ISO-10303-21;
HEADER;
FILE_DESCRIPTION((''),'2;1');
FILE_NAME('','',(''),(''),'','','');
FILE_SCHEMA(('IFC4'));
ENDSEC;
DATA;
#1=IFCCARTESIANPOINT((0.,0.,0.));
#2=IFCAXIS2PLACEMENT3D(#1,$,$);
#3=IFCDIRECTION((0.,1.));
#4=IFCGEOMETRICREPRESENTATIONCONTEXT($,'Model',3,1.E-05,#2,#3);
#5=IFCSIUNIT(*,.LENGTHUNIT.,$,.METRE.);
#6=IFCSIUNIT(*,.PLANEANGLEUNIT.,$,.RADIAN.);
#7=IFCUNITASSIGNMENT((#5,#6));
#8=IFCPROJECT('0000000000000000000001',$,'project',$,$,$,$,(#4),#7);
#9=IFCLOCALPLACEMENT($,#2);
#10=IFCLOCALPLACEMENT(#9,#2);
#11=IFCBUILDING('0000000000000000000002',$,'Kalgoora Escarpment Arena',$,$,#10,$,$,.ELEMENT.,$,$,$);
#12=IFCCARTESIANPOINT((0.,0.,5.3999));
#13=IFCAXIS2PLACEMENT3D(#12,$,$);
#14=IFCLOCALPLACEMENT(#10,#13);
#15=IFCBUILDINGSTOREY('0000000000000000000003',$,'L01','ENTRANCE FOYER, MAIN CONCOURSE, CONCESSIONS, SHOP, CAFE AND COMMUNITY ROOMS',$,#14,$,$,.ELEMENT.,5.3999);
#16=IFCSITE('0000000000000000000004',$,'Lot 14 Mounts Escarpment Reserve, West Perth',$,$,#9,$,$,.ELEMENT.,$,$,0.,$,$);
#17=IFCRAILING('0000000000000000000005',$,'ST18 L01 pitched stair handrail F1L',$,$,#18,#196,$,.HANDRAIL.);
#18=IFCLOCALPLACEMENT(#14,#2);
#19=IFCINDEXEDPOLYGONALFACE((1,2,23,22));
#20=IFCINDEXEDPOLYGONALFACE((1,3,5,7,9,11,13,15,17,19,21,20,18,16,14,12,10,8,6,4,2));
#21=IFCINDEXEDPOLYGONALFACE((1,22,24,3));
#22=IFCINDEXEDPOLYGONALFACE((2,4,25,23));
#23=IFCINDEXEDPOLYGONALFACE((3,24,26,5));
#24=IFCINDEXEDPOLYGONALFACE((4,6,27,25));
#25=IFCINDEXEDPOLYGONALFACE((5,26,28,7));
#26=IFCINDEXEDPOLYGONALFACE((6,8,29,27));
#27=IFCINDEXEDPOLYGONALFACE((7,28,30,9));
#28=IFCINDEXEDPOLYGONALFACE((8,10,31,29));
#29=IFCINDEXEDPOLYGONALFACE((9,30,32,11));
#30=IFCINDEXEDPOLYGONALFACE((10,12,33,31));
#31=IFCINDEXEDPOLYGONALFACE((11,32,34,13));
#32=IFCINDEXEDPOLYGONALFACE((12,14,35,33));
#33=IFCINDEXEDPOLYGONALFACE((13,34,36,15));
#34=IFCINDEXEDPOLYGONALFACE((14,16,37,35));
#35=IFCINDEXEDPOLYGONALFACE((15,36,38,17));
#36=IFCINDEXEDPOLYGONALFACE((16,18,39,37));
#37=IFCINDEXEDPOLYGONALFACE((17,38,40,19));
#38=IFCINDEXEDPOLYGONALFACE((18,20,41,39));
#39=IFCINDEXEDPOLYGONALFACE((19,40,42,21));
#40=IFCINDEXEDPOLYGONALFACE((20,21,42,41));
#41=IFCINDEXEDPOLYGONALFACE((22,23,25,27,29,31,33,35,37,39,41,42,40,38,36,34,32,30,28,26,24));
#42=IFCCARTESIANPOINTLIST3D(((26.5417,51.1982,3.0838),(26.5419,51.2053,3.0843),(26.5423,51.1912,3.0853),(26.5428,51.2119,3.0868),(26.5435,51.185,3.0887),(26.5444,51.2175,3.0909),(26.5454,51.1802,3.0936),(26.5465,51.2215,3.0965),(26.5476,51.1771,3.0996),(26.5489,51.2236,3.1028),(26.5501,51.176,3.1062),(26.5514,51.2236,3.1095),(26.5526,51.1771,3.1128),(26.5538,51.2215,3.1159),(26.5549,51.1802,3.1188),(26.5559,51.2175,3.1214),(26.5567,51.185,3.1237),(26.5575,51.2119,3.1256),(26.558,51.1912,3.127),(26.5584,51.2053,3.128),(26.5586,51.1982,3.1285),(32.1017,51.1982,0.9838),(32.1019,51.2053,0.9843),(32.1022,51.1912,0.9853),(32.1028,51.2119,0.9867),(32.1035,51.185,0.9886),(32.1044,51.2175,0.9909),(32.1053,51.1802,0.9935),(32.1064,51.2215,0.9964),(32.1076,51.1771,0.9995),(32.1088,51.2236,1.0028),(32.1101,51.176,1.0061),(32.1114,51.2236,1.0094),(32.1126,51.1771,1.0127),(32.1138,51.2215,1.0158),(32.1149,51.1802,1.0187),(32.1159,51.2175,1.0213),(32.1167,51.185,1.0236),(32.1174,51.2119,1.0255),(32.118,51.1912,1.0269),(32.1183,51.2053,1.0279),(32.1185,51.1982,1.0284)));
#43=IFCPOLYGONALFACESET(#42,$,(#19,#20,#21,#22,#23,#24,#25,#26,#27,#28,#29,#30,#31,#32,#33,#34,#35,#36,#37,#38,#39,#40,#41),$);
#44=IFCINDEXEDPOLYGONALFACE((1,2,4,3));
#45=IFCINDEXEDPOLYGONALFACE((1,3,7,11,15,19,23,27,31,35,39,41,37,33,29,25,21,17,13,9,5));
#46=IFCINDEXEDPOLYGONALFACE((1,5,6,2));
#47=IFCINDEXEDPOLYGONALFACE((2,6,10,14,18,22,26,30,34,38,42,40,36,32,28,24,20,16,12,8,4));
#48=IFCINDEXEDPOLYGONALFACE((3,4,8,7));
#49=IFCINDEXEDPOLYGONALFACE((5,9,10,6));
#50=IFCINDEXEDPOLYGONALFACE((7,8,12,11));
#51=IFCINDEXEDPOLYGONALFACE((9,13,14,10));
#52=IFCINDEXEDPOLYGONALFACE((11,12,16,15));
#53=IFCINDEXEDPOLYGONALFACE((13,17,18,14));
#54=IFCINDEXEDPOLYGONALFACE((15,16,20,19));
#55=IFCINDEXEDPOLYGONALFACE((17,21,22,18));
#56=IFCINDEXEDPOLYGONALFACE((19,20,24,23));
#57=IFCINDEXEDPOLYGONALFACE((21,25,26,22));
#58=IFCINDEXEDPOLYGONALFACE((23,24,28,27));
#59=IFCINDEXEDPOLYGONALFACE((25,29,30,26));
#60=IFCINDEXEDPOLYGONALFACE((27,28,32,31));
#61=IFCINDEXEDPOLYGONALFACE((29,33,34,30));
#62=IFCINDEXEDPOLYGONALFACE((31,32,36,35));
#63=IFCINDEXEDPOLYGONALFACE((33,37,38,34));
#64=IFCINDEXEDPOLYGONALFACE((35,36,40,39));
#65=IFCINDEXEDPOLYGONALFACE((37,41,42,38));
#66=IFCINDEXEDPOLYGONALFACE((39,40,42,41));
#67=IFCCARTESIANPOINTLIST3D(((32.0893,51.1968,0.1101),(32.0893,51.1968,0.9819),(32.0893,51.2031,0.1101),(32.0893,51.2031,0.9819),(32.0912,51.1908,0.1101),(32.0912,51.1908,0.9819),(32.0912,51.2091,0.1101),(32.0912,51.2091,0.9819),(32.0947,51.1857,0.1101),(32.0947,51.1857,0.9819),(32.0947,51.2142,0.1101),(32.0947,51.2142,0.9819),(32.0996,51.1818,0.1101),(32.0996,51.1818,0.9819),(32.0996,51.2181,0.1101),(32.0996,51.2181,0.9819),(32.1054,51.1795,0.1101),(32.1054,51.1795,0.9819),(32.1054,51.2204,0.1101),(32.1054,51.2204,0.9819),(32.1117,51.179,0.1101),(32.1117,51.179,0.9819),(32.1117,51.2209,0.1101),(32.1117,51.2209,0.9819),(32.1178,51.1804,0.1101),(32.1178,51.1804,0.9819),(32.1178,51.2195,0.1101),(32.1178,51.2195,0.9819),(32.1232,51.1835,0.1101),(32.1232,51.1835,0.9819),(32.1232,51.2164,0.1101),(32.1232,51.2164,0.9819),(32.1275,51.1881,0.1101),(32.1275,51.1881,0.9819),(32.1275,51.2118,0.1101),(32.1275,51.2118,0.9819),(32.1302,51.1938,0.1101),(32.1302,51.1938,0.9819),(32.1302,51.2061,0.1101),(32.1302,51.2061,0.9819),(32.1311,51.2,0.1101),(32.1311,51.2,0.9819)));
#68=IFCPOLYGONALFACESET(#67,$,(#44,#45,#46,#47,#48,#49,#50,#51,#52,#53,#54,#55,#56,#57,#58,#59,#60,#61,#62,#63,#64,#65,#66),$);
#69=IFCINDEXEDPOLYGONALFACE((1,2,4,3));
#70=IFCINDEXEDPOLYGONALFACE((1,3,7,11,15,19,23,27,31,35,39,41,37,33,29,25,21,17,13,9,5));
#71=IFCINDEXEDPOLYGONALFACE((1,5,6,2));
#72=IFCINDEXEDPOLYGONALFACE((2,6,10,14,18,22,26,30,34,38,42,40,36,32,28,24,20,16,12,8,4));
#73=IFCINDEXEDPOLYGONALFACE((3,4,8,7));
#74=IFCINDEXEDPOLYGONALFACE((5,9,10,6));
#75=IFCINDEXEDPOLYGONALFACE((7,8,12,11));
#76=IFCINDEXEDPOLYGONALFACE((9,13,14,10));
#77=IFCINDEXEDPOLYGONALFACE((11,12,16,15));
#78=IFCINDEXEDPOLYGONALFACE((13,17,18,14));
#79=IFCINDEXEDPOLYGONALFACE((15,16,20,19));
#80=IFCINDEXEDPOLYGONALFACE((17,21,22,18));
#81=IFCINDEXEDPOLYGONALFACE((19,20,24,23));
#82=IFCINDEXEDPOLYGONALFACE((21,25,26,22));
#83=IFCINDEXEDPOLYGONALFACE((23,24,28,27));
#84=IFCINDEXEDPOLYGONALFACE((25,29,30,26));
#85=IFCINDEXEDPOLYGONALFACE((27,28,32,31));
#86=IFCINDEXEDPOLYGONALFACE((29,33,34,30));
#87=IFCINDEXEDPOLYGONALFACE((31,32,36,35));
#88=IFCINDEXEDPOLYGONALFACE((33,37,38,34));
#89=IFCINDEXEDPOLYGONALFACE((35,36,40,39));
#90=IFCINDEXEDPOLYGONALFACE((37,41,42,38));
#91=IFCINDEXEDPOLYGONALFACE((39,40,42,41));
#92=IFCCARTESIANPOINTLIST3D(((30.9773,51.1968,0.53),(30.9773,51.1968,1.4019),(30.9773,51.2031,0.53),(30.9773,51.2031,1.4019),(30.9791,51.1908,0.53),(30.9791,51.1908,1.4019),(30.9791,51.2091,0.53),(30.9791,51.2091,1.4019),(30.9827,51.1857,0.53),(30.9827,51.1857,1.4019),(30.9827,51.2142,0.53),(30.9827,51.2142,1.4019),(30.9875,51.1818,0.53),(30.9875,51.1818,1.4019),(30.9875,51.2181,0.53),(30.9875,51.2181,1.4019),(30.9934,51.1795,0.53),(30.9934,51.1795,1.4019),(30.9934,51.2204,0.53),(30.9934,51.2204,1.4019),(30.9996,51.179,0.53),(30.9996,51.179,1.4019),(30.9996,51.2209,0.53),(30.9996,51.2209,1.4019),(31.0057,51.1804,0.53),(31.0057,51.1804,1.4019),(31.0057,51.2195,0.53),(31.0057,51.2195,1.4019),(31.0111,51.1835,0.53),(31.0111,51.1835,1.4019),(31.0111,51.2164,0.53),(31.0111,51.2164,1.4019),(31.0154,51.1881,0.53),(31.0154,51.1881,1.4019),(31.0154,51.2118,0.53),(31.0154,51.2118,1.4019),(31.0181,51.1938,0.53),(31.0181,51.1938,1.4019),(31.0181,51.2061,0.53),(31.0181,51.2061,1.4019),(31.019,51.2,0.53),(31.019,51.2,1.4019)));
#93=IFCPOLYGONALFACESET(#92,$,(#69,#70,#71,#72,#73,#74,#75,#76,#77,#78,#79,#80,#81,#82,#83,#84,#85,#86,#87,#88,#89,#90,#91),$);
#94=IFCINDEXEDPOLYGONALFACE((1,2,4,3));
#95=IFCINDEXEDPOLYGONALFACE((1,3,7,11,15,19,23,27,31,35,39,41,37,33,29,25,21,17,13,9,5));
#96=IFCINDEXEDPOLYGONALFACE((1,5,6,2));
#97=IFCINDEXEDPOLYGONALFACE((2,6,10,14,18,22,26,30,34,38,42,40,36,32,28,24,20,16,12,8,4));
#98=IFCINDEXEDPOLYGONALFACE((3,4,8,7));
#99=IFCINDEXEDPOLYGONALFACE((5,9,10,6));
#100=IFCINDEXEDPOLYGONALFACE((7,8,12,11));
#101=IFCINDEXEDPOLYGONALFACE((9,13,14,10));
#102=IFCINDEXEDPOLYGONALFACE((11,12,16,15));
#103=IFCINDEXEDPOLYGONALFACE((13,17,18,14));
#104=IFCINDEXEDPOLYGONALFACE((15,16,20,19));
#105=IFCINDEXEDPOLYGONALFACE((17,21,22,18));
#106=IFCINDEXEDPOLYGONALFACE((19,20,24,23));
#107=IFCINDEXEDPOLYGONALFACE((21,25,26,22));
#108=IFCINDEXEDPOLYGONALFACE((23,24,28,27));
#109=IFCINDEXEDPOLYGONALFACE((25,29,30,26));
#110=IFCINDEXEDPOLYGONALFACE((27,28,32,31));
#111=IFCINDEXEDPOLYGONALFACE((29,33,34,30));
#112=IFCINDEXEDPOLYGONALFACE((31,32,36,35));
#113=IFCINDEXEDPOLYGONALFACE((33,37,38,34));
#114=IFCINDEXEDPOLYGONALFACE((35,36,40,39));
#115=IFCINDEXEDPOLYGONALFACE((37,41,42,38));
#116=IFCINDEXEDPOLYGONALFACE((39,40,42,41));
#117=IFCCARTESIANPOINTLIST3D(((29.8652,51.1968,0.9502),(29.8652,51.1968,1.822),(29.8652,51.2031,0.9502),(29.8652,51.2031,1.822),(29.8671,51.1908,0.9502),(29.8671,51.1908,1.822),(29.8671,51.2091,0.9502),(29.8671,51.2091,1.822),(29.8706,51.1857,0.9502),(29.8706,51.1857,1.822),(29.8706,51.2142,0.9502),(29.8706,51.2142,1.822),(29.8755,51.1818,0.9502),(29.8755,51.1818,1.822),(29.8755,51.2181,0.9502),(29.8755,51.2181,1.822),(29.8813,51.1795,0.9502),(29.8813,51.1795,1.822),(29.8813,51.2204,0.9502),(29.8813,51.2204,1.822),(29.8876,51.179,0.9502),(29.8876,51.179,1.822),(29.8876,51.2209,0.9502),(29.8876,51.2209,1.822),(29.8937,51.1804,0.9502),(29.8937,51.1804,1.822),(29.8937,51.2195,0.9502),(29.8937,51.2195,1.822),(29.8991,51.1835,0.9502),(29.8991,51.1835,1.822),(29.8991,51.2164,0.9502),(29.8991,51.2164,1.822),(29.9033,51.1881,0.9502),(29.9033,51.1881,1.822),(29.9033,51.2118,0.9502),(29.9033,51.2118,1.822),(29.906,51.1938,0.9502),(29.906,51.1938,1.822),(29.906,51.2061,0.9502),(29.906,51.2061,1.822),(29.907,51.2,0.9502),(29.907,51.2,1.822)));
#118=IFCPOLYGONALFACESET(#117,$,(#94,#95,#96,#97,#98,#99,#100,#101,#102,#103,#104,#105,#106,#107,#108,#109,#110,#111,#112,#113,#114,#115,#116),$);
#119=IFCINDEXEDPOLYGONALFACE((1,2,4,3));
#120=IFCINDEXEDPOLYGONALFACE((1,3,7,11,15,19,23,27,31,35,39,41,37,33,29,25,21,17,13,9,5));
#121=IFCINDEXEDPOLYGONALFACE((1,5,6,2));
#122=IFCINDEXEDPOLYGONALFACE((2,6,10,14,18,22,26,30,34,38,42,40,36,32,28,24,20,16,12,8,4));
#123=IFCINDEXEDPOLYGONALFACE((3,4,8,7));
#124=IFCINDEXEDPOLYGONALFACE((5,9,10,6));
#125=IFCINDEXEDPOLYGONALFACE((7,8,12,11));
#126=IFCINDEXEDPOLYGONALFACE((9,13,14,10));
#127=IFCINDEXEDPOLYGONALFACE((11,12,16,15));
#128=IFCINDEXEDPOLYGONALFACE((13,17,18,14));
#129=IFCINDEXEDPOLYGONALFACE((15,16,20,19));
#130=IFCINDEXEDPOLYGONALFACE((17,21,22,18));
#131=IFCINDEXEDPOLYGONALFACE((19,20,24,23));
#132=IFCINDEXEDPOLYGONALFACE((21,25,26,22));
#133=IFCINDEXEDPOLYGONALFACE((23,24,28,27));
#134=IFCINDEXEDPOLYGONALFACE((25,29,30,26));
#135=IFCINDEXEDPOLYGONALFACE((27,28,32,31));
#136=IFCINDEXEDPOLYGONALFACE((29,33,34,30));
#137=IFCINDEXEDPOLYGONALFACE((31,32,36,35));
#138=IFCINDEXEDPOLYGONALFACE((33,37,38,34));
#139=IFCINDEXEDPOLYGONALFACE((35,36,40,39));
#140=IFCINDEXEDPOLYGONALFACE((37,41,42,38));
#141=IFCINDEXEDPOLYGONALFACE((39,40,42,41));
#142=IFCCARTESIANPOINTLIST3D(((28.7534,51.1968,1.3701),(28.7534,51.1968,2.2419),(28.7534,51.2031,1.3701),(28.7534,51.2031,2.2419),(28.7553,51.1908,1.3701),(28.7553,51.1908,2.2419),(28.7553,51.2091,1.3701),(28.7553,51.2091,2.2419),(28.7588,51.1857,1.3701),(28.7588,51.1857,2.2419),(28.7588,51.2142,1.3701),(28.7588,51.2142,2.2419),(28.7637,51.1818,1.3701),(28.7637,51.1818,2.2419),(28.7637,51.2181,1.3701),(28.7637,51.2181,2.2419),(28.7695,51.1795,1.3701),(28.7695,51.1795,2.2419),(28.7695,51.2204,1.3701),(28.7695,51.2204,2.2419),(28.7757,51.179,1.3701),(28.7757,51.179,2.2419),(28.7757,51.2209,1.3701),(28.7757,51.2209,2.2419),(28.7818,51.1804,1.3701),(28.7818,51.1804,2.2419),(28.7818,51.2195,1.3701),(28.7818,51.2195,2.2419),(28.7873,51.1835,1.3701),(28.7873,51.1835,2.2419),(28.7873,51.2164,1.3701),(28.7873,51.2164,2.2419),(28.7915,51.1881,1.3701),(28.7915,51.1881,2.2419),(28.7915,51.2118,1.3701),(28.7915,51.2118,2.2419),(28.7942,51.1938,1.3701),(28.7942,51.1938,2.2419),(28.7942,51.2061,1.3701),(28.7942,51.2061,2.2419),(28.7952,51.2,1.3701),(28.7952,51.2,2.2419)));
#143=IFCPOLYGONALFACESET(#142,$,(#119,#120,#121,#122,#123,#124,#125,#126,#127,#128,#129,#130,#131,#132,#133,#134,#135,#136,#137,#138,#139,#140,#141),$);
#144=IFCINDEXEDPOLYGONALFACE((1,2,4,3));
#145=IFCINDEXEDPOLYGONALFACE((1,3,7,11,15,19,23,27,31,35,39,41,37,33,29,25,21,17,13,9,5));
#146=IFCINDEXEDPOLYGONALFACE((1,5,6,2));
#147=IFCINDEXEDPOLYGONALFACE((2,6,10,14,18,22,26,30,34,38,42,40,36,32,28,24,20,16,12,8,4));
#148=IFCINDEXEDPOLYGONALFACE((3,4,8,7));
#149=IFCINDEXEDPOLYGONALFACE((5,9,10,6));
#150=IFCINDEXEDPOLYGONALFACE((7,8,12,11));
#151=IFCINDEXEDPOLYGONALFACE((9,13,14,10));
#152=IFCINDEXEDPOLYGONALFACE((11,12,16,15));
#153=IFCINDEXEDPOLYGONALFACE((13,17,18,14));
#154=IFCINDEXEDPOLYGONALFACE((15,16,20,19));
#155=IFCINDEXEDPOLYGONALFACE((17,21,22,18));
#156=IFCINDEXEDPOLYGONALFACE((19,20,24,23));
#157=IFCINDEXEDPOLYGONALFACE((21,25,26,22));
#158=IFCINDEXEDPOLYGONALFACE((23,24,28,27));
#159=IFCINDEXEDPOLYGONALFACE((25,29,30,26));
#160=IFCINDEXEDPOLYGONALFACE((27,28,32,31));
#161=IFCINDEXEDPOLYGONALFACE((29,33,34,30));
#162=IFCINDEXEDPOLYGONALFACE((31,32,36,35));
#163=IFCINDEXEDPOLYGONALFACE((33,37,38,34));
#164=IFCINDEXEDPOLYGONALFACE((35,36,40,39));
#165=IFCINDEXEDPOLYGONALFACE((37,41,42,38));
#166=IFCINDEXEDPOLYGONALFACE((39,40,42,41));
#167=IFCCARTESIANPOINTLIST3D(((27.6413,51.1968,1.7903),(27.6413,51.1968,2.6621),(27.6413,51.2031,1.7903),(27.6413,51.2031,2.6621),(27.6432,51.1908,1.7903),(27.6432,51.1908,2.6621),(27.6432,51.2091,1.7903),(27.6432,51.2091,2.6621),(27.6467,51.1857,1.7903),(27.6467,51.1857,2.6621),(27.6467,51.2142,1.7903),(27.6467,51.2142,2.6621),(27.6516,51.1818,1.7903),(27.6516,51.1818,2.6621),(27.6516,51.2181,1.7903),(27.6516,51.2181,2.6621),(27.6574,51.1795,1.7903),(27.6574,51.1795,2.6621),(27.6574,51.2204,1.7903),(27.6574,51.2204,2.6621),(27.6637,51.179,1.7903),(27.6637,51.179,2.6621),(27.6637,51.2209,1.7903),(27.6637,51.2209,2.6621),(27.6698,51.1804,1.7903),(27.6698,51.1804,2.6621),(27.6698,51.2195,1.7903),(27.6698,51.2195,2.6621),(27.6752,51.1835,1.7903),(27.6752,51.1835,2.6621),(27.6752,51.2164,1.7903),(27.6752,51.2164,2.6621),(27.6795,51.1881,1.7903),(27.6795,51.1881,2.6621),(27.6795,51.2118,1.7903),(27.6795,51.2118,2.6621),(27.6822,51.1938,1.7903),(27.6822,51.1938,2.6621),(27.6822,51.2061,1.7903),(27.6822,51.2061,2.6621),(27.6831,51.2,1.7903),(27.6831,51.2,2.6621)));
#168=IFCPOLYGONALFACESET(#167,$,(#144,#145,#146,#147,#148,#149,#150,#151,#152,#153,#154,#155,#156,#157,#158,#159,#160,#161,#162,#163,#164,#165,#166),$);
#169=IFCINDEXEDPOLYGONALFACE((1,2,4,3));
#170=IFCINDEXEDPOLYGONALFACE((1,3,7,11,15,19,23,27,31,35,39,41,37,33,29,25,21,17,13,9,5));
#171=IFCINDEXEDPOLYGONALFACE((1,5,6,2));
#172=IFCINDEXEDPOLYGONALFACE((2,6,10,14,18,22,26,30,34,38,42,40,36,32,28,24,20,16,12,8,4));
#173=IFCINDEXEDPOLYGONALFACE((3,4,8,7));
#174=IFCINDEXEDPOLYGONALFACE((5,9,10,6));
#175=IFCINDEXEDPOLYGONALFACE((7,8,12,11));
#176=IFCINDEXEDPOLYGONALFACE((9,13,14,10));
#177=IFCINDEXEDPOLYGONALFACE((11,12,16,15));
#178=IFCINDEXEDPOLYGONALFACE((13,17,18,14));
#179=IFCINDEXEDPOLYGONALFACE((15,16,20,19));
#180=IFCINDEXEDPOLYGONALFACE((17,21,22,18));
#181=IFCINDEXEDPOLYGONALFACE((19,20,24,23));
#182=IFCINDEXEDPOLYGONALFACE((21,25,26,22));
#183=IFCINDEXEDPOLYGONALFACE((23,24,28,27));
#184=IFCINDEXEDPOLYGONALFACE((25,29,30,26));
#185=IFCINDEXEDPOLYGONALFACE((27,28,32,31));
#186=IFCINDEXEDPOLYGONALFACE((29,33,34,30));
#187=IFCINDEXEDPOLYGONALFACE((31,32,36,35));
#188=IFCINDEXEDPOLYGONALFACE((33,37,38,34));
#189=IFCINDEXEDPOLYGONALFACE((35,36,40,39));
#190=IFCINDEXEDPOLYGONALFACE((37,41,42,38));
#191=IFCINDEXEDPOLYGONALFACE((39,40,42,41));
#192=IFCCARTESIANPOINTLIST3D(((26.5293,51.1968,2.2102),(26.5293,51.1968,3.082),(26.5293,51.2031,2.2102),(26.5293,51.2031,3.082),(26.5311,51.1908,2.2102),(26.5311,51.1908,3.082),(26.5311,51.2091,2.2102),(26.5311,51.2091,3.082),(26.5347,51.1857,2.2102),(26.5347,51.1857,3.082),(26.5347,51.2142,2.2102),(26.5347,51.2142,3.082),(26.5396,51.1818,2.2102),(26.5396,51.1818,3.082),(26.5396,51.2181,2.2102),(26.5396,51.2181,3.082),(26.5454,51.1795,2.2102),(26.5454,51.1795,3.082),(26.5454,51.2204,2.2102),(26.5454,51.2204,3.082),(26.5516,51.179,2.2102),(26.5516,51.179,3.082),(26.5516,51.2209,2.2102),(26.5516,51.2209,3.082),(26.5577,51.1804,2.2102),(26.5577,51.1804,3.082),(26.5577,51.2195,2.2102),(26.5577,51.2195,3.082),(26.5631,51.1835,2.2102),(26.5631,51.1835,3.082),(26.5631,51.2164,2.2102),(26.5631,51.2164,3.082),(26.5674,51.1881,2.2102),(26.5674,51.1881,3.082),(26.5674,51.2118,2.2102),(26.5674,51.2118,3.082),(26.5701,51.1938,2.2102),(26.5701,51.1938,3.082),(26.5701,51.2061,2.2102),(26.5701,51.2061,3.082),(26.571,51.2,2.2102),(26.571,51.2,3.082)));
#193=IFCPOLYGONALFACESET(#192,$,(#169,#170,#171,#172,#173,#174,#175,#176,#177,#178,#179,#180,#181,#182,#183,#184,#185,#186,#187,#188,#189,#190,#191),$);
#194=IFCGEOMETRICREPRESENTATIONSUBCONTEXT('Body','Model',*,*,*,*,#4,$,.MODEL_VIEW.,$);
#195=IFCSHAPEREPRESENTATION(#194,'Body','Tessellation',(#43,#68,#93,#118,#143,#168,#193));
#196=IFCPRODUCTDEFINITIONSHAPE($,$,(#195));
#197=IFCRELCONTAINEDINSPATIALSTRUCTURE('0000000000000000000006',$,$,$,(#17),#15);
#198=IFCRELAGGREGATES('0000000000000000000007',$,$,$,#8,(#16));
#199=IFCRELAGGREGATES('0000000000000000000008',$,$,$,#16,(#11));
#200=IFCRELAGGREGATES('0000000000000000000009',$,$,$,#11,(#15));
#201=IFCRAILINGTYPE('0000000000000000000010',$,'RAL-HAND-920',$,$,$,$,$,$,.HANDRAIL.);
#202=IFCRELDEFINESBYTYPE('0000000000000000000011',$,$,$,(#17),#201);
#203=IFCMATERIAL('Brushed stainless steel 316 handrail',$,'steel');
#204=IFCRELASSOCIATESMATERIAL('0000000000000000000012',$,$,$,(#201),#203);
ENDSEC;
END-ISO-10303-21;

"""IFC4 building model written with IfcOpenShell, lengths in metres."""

from ifc_helpers import new_model, si_unit, direction, frame, origin, origin_2d, place, context, subcontext, project, spatial, circle, extrude, material, type_object, element, save


model = new_model("IFC4")

# Units and contexts
model_context = context("Model", 3, precision=1e-05, world=origin(), true_north=direction((0.0, 1.0)))
body_context = subcontext(model_context, "Body", "Model", "MODEL_VIEW")
ifc_project = project(units=[si_unit("LENGTHUNIT", "METRE"), si_unit("PLANEANGLEUNIT", "RADIAN")], contexts=[model_context])

# Site, building, storey
site_placement = place(None, origin())
site = spatial("IfcSite", under=ifc_project, at=site_placement, Name="Lot 14 Mounts Escarpment Reserve, West Perth", CompositionType="ELEMENT", RefElevation=0.0)
building_placement = place(site_placement, origin())
building = spatial("IfcBuilding", under=site, at=building_placement, Name="Kalgoora Escarpment Arena", CompositionType="ELEMENT")
storey_placement = place(building_placement, frame((0.0, 0.0, 5.3999)))
storey = spatial("IfcBuildingStorey", under=building, at=storey_placement, Name="L01", Description="ENTRANCE FOYER, MAIN CONCOURSE, CONCESSIONS, SHOP, CAFE AND COMMUNITY ROOMS", CompositionType="ELEMENT", Elevation=5.3999)

# Railing
ifc_material_1 = material(Name="Brushed stainless steel 316 handrail", Category="steel")
railing_type_1 = type_object("IfcRailingType", Name="RAL-HAND-920", PredefinedType="HANDRAIL", material=ifc_material_1)
for number, where, name in (
    (1, (32.1101, 51.2, 0.1101), "ST18 L01 pitched stair handrail F1L"),
):
    element("IfcRailing", number, at=place(storey_placement, frame(where)), inside=storey, type_object=railing_type_1, Name=name, PredefinedType="HANDRAIL", context=body_context, shape_type="SweptSolid", body=[
        extrude(circle(Radius=0.0239, at=origin_2d()), frame((0.0, 0.0, 0.896), z_axis=(-0.935493, 0.0, 0.353346), x_axis=(0.0, -1.0, 0.0)), (0.0, 0.0, 1.0), 5.9434),
        extrude(circle(Radius=0.021, at=origin_2d()), origin(), (0.0, 0.0, 1.0), 0.8718),
        extrude(circle(Radius=0.021, at=origin_2d()), frame((-1.1121, 0.0, 0.4199)), (0.0, 0.0, 1.0), 0.8718),
        extrude(circle(Radius=0.021, at=origin_2d()), frame((-2.2241, 0.0, 0.8401)), (0.0, 0.0, 1.0), 0.8718),
        extrude(circle(Radius=0.021, at=origin_2d()), frame((-3.3359, 0.0, 1.26)), (0.0, 0.0, 1.0), 0.8718),
        extrude(circle(Radius=0.021, at=origin_2d()), frame((-4.448, 0.0, 1.6802)), (0.0, 0.0, 1.0), 0.8718),
        extrude(circle(Radius=0.021, at=origin_2d()), frame((-5.5601, 0.0, 2.1001)), (0.0, 0.0, 1.0), 0.8718),
    ])

save(model, "model.ifc")
